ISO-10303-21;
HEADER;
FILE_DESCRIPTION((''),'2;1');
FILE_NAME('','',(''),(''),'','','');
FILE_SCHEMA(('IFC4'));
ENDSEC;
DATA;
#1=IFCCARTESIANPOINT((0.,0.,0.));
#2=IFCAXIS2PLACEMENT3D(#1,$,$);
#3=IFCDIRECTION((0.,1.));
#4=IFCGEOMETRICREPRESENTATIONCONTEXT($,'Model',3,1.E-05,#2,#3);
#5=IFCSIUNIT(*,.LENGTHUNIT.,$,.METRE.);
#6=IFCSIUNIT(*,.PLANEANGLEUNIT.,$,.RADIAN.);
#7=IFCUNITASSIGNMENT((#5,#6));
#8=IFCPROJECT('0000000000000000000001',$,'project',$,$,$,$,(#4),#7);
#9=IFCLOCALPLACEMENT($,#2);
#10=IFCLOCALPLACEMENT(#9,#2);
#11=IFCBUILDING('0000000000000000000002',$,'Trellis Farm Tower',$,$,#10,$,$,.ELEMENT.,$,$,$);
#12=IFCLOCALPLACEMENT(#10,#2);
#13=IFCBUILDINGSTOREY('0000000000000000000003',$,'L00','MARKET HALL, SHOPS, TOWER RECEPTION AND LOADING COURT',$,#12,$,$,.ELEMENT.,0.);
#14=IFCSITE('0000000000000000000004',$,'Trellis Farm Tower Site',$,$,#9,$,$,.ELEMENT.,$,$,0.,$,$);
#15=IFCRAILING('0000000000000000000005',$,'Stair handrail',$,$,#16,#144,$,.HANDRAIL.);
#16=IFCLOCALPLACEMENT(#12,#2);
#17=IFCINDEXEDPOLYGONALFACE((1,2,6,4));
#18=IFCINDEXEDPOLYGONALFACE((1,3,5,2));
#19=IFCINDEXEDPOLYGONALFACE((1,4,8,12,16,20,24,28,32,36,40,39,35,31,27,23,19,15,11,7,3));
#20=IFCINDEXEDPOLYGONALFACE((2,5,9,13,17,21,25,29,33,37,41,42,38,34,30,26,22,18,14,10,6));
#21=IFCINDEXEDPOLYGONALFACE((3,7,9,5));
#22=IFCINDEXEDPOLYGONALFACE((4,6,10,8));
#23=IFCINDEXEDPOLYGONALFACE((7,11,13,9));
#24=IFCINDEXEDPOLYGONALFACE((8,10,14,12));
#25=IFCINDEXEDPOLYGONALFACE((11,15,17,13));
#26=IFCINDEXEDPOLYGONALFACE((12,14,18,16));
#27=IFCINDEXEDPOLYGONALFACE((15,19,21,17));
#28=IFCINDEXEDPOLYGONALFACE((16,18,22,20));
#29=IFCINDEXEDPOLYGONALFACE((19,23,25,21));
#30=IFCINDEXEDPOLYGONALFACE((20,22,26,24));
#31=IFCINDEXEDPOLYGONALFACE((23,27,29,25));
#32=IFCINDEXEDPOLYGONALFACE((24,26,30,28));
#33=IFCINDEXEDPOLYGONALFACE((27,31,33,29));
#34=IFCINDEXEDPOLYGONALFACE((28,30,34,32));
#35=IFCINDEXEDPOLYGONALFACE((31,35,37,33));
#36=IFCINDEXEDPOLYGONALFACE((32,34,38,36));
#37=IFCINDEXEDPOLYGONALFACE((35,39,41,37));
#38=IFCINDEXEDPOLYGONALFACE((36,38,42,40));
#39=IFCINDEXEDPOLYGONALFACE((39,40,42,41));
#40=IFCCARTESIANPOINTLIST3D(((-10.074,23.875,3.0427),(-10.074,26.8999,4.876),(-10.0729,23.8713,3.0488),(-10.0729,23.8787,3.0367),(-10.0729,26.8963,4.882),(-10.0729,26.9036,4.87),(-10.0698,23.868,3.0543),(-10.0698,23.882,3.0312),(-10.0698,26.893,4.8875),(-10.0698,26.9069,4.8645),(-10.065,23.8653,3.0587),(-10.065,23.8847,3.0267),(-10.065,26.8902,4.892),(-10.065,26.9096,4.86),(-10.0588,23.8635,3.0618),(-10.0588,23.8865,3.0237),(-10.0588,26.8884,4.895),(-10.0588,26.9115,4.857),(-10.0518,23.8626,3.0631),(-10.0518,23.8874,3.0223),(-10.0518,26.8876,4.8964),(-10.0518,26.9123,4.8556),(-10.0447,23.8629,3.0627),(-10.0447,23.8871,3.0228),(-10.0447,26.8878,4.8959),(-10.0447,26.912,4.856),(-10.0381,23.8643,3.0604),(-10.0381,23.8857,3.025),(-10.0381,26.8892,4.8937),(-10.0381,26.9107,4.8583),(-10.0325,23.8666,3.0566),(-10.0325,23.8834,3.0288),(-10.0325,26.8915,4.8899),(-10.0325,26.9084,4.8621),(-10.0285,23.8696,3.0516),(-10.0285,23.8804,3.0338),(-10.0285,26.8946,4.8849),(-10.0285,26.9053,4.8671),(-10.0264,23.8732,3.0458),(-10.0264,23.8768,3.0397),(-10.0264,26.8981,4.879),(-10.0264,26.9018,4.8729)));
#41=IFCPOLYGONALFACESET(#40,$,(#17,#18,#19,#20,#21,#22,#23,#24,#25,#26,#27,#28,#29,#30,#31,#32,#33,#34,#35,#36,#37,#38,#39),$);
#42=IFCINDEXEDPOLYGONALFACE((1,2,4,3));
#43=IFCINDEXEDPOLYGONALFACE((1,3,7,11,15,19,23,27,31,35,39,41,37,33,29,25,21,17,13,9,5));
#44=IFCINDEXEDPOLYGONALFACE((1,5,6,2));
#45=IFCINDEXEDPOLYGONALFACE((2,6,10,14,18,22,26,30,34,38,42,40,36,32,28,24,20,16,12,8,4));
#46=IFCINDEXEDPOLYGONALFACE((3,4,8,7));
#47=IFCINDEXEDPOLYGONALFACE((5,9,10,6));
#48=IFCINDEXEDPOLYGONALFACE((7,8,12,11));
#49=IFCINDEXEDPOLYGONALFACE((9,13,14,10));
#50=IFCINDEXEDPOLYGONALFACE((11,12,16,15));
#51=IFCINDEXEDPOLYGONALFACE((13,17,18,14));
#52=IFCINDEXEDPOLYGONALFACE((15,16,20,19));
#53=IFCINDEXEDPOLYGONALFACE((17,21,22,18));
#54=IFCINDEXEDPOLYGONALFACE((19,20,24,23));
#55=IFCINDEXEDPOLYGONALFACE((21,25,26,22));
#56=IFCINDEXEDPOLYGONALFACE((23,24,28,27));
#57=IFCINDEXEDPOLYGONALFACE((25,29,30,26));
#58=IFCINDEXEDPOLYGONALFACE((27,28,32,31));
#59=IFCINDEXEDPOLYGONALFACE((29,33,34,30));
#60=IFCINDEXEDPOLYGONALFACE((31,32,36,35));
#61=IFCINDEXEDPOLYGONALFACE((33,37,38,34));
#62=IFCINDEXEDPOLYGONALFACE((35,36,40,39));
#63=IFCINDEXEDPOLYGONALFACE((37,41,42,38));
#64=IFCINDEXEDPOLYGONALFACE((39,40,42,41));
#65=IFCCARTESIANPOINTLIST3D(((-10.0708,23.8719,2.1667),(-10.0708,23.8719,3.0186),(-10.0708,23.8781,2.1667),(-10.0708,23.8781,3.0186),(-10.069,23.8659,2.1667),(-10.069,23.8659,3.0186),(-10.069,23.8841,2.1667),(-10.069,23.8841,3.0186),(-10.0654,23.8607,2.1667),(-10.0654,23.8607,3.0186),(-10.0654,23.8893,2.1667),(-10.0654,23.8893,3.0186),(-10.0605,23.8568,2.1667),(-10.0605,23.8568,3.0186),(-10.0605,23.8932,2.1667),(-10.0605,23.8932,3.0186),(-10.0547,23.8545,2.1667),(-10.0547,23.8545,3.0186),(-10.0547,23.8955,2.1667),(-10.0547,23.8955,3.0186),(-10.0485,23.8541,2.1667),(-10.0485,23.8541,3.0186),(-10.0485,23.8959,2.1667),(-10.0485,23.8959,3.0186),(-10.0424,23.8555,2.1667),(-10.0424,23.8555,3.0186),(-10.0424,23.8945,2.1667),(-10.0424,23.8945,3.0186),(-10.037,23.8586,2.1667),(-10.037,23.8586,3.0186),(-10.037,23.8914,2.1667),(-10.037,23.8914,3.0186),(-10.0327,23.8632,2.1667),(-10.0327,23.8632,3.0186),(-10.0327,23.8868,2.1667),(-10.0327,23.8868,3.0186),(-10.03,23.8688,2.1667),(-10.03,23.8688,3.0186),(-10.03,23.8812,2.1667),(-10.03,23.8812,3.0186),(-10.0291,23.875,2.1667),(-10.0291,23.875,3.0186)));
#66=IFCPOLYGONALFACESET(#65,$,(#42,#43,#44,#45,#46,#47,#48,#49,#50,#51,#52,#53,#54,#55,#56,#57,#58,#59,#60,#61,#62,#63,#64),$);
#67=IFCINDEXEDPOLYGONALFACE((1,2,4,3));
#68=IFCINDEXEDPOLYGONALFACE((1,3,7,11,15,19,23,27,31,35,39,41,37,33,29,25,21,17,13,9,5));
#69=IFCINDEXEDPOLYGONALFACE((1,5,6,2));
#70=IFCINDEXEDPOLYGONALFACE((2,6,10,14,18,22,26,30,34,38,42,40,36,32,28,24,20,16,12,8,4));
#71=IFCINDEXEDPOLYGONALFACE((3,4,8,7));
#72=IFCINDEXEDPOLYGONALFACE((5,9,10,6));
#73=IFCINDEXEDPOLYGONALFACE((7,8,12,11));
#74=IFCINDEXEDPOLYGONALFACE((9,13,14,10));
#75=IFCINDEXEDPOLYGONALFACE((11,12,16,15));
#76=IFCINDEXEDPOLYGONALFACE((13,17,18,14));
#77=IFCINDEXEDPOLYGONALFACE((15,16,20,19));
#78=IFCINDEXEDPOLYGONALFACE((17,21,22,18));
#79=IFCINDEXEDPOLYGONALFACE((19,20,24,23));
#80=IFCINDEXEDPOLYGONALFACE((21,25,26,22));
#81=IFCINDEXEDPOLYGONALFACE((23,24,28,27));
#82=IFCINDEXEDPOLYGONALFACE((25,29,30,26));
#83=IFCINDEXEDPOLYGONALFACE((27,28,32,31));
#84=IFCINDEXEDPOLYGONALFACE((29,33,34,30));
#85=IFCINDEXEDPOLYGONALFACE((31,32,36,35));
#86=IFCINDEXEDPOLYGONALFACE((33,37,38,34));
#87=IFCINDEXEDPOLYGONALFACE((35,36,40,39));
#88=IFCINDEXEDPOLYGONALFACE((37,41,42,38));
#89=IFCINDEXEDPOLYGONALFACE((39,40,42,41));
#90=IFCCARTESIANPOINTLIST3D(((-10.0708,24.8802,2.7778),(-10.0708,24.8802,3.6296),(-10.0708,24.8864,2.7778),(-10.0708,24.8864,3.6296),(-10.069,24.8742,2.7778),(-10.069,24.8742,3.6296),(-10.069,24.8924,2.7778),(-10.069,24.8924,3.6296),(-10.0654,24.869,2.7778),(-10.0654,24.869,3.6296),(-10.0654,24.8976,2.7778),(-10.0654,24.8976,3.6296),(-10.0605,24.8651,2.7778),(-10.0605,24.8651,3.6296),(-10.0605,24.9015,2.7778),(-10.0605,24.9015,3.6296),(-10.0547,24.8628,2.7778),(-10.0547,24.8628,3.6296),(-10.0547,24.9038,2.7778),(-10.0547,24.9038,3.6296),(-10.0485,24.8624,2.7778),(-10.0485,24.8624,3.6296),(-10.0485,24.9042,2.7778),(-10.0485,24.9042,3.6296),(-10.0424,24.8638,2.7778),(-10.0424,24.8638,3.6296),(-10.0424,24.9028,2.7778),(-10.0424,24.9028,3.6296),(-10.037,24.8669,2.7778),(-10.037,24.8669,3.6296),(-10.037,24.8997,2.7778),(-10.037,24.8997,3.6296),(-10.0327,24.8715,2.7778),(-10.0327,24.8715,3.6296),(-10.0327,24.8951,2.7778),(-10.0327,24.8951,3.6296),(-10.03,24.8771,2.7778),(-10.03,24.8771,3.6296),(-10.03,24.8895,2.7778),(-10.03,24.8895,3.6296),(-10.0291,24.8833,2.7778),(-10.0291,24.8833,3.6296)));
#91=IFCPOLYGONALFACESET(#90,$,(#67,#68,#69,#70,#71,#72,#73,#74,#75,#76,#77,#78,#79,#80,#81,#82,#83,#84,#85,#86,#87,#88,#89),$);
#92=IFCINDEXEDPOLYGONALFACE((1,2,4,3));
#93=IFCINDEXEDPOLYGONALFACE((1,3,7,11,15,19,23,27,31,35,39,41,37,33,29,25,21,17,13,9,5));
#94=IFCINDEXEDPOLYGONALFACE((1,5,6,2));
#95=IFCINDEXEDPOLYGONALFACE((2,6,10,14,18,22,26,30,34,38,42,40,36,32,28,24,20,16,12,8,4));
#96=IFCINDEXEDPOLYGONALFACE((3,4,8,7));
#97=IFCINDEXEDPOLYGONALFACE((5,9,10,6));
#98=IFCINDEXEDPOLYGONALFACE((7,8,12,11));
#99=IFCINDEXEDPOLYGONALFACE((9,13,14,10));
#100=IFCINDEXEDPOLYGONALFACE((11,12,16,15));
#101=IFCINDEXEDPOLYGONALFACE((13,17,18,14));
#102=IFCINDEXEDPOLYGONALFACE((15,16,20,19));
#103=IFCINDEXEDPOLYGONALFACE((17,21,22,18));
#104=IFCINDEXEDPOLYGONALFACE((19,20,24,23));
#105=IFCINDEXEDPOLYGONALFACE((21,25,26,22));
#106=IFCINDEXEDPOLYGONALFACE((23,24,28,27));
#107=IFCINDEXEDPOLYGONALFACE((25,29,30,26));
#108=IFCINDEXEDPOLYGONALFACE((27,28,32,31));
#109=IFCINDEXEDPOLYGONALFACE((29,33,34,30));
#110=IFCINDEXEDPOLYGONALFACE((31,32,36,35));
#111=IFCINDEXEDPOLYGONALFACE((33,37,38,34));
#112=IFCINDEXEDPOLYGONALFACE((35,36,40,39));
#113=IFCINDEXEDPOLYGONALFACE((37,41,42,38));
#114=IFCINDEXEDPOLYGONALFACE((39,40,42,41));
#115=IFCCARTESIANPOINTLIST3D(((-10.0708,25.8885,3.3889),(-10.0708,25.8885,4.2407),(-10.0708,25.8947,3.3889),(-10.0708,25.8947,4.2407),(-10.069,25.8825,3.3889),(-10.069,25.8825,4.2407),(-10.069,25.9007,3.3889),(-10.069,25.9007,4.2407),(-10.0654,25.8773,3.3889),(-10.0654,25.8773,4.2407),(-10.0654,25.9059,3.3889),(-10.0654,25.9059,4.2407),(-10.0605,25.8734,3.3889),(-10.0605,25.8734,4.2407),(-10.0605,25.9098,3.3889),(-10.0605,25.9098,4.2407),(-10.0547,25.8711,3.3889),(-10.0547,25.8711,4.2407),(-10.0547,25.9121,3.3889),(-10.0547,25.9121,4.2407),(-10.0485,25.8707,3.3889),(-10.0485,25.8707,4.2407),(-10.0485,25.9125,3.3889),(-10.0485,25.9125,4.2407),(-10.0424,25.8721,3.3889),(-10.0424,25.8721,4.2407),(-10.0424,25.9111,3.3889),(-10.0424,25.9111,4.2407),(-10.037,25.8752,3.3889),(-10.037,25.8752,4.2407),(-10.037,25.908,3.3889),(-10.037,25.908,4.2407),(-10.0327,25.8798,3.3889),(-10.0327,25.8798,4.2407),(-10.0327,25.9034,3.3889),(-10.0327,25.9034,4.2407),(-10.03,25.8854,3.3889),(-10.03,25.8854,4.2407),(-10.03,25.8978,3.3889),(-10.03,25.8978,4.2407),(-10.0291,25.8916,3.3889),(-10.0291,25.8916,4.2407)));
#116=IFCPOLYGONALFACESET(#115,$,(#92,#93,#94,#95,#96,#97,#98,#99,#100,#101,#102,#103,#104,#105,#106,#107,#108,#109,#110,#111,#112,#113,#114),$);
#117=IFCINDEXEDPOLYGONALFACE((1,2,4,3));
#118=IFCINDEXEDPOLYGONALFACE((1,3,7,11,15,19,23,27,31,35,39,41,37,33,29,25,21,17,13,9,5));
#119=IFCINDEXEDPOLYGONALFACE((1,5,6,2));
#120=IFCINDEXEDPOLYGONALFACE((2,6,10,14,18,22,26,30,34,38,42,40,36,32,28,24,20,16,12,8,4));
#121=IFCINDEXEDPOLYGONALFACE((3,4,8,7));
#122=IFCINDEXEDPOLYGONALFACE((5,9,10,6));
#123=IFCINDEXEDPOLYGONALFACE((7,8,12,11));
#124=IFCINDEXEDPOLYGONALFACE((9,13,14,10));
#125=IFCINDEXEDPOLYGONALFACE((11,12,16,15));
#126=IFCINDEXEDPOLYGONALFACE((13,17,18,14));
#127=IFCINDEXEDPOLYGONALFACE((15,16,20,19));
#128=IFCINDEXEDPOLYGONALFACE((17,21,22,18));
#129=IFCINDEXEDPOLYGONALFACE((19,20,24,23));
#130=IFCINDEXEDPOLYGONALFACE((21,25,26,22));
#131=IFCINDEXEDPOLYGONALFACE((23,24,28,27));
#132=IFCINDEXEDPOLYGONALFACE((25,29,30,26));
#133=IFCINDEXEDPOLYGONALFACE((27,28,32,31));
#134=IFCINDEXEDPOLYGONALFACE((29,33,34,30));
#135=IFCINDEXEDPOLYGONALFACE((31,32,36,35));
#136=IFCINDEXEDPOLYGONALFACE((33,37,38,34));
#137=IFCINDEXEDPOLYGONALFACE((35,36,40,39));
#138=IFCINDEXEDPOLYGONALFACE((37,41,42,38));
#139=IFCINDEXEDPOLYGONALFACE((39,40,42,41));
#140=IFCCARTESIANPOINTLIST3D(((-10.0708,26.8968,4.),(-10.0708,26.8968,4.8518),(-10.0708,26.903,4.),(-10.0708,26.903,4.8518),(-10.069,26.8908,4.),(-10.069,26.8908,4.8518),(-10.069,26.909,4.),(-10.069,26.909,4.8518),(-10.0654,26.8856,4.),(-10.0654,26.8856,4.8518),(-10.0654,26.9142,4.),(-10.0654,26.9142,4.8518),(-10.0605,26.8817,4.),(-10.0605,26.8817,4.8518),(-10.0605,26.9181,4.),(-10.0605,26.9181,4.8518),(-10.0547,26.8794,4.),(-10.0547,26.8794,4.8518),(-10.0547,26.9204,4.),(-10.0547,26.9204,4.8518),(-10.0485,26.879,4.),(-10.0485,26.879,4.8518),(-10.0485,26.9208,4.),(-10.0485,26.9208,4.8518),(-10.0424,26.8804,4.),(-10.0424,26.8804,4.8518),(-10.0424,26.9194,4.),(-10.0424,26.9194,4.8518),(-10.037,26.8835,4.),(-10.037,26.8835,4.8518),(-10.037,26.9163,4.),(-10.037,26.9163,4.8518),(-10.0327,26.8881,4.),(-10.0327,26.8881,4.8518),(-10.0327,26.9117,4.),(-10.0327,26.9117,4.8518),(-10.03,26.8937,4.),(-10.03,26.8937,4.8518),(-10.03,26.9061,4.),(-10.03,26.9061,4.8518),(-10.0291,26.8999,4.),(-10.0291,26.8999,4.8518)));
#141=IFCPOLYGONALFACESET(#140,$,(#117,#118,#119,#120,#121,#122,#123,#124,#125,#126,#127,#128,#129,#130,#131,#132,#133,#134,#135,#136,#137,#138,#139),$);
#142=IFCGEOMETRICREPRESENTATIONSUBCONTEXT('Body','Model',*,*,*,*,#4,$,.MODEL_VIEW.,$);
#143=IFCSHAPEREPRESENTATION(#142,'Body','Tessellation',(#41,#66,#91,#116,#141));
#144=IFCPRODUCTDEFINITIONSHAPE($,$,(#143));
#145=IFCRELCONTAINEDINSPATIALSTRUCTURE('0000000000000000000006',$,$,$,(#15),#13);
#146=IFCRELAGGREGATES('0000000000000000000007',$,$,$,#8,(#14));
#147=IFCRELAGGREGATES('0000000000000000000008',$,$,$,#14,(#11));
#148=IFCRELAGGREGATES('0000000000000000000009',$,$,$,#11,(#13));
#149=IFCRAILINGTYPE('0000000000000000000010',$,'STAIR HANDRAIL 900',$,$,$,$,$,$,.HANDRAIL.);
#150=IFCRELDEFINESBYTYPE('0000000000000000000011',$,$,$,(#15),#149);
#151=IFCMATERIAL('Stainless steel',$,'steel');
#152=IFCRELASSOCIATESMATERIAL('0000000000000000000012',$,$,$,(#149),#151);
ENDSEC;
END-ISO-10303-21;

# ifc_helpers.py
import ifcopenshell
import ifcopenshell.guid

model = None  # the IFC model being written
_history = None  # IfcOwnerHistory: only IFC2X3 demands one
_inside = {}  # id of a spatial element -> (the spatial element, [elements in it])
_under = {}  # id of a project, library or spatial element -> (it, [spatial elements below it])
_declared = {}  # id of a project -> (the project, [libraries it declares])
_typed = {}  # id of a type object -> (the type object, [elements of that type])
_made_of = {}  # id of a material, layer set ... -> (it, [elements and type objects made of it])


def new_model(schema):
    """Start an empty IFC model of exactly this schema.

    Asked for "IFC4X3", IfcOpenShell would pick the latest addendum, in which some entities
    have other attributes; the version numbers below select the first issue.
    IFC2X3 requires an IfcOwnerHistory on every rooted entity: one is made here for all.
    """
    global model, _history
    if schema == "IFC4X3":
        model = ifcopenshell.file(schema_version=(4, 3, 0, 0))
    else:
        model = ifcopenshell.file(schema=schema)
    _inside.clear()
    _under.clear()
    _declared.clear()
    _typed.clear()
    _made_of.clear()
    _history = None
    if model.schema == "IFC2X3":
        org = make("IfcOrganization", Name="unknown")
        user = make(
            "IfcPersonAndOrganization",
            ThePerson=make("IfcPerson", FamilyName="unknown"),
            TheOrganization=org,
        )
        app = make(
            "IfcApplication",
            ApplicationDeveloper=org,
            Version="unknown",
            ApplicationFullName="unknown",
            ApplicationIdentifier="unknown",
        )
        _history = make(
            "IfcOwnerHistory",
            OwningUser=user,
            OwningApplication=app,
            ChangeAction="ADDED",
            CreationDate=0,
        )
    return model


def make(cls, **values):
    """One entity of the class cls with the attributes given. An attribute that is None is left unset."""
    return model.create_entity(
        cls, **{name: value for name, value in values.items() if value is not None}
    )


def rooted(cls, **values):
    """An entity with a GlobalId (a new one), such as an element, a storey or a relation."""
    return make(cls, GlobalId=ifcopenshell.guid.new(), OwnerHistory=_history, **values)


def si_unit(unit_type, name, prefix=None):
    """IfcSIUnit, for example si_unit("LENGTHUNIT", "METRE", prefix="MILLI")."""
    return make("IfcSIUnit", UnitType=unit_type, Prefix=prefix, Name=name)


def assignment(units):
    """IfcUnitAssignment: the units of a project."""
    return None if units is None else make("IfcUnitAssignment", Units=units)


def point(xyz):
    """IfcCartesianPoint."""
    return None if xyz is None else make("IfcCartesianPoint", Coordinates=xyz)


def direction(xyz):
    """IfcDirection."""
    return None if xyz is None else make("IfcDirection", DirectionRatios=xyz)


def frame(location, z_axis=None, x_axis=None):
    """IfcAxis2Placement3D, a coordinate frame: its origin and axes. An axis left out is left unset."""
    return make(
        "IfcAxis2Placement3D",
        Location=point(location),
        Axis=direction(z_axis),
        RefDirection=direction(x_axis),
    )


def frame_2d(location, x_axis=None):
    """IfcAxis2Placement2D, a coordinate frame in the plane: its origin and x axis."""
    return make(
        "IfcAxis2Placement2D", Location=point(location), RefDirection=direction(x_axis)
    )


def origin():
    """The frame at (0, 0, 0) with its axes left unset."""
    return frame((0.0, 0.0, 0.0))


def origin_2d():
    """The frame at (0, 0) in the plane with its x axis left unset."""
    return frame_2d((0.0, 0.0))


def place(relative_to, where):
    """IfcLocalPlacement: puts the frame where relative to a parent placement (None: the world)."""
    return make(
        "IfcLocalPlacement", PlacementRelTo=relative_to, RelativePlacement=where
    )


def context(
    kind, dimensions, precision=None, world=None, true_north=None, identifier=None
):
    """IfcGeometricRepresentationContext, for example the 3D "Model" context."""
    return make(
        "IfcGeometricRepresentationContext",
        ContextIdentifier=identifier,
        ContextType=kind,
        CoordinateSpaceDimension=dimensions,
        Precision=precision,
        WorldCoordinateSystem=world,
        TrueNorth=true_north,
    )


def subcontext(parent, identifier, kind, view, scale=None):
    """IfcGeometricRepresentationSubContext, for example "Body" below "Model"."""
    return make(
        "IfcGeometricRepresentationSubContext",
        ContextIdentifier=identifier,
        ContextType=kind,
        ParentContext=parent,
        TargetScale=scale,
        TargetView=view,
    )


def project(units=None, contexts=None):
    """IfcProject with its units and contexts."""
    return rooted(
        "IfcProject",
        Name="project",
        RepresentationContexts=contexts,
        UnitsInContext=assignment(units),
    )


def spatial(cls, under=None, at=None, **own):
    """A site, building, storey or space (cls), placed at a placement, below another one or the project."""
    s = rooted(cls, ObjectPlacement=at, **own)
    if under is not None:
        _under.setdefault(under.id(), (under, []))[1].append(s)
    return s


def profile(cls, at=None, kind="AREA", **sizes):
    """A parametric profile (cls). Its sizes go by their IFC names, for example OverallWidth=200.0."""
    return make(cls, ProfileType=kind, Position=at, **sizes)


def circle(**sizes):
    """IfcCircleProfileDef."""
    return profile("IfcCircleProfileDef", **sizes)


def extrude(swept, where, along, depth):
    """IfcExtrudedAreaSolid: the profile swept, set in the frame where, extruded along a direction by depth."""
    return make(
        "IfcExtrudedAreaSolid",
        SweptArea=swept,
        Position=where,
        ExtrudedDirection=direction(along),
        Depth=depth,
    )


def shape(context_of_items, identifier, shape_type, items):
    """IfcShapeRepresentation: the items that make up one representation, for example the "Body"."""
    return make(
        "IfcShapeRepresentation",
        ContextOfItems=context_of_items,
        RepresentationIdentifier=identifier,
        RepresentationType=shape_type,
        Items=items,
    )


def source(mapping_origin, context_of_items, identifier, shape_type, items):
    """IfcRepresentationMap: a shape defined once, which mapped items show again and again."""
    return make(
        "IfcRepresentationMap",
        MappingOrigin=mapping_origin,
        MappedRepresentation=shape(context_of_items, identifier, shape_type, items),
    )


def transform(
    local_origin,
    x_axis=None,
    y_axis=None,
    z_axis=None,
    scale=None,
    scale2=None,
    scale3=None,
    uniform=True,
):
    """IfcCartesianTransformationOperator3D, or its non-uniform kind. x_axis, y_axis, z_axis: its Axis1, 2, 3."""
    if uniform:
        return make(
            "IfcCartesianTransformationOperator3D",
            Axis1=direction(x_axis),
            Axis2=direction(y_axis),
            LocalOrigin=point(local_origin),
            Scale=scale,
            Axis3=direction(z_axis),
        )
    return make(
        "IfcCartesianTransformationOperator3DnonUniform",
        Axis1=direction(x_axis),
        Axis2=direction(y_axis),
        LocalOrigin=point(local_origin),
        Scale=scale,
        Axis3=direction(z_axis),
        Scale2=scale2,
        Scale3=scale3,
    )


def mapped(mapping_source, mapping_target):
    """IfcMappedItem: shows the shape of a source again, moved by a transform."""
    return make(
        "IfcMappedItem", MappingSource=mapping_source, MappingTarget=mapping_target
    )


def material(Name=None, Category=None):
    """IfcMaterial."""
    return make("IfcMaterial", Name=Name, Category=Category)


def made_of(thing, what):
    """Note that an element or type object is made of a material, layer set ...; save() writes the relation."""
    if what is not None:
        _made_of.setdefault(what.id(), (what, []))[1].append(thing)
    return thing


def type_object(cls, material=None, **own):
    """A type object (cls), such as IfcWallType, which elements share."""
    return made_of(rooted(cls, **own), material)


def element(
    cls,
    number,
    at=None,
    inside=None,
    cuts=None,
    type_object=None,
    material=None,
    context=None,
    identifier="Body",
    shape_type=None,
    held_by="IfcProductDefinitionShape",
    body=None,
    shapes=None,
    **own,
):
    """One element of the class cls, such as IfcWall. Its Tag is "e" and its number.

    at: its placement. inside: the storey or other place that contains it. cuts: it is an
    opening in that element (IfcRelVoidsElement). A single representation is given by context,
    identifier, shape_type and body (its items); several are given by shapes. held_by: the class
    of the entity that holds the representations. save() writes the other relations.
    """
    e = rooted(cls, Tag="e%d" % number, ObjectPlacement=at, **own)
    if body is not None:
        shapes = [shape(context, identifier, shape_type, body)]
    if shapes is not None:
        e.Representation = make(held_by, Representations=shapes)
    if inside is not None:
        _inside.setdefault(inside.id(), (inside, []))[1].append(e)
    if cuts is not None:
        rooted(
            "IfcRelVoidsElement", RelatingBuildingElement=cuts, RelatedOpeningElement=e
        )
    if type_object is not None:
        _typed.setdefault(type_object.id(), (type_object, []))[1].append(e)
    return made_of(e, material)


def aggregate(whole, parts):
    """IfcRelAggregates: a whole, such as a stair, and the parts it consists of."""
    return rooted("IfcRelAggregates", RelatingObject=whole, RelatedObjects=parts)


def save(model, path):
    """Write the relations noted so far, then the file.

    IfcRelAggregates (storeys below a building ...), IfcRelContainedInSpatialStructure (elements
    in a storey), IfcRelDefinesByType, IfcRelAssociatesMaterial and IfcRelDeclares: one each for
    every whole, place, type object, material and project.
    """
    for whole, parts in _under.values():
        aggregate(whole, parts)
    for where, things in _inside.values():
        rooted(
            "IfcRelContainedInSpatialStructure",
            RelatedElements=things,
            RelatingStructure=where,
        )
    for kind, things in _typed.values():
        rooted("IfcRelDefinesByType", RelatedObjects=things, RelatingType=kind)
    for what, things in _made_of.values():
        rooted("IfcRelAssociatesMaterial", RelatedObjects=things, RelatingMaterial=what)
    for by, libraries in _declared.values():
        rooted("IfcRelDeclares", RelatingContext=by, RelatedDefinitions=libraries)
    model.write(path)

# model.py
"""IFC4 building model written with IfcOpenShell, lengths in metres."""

from ifc_helpers import new_model, si_unit, direction, frame, origin, origin_2d, place, context, subcontext, project, spatial, circle, extrude, source, transform, mapped, material, type_object, element, save


model = new_model("IFC4")

# Units and contexts
model_context = context("Model", 3, precision=1e-05, world=origin(), true_north=direction((0.0, 1.0)))
body_context = subcontext(model_context, "Body", "Model", "MODEL_VIEW")
ifc_project = project(units=[si_unit("LENGTHUNIT", "METRE"), si_unit("PLANEANGLEUNIT", "RADIAN")], contexts=[model_context])

# Site, building, storey
site_placement = place(None, origin())
site = spatial("IfcSite", under=ifc_project, at=site_placement, Name="Trellis Farm Tower Site", CompositionType="ELEMENT", RefElevation=0.0)
building_placement = place(site_placement, origin())
building = spatial("IfcBuilding", under=site, at=building_placement, Name="Trellis Farm Tower", CompositionType="ELEMENT")
storey_placement = place(building_placement, origin())
storey = spatial("IfcBuildingStorey", under=building, at=storey_placement, Name="L00", Description="MARKET HALL, SHOPS, TOWER RECEPTION AND LOADING COURT", CompositionType="ELEMENT", Elevation=0.0)

# Railing
ifc_material_1 = material(Name="Stainless steel", Category="steel")
railing_type = type_object("IfcRailingType", Name="STAIR HANDRAIL 900", PredefinedType="HANDRAIL", material=ifc_material_1)
shared_shape_1 = source(origin(), body_context, "Body", "SweptSolid", [
    extrude(circle(Radius=0.0239, at=origin_2d()), frame((0.0, 0.0, 0.876), z_axis=(0.0, 0.855201, 0.518297), x_axis=(-1.0, 0.0, 0.0)), (0.0, 0.0, 1.0), 3.5371),
    extrude(circle(Radius=0.021, at=origin_2d()), origin(), (0.0, 0.0, 1.0), 0.8518),
    extrude(circle(Radius=0.021, at=origin_2d()), frame((0.0, 1.0083, 0.6111)), (0.0, 0.0, 1.0), 0.8518),
    extrude(circle(Radius=0.021, at=origin_2d()), frame((0.0, 2.0166, 1.2222)), (0.0, 0.0, 1.0), 0.8518),
    extrude(circle(Radius=0.021, at=origin_2d()), frame((0.0, 3.0249, 1.8333)), (0.0, 0.0, 1.0), 0.8518),
])
for number, where, name in (
    (1, (-10.05, 23.875, 2.1667), "Stair handrail"),
):
    element("IfcRailing", number, at=place(storey_placement, frame(where)), inside=storey, type_object=railing_type, Name=name, PredefinedType="HANDRAIL", context=body_context, shape_type="MappedRepresentation", body=[
        mapped(shared_shape_1, transform((0.0, 0.0, 0.0))),
    ])

save(model, "model.ifc")
